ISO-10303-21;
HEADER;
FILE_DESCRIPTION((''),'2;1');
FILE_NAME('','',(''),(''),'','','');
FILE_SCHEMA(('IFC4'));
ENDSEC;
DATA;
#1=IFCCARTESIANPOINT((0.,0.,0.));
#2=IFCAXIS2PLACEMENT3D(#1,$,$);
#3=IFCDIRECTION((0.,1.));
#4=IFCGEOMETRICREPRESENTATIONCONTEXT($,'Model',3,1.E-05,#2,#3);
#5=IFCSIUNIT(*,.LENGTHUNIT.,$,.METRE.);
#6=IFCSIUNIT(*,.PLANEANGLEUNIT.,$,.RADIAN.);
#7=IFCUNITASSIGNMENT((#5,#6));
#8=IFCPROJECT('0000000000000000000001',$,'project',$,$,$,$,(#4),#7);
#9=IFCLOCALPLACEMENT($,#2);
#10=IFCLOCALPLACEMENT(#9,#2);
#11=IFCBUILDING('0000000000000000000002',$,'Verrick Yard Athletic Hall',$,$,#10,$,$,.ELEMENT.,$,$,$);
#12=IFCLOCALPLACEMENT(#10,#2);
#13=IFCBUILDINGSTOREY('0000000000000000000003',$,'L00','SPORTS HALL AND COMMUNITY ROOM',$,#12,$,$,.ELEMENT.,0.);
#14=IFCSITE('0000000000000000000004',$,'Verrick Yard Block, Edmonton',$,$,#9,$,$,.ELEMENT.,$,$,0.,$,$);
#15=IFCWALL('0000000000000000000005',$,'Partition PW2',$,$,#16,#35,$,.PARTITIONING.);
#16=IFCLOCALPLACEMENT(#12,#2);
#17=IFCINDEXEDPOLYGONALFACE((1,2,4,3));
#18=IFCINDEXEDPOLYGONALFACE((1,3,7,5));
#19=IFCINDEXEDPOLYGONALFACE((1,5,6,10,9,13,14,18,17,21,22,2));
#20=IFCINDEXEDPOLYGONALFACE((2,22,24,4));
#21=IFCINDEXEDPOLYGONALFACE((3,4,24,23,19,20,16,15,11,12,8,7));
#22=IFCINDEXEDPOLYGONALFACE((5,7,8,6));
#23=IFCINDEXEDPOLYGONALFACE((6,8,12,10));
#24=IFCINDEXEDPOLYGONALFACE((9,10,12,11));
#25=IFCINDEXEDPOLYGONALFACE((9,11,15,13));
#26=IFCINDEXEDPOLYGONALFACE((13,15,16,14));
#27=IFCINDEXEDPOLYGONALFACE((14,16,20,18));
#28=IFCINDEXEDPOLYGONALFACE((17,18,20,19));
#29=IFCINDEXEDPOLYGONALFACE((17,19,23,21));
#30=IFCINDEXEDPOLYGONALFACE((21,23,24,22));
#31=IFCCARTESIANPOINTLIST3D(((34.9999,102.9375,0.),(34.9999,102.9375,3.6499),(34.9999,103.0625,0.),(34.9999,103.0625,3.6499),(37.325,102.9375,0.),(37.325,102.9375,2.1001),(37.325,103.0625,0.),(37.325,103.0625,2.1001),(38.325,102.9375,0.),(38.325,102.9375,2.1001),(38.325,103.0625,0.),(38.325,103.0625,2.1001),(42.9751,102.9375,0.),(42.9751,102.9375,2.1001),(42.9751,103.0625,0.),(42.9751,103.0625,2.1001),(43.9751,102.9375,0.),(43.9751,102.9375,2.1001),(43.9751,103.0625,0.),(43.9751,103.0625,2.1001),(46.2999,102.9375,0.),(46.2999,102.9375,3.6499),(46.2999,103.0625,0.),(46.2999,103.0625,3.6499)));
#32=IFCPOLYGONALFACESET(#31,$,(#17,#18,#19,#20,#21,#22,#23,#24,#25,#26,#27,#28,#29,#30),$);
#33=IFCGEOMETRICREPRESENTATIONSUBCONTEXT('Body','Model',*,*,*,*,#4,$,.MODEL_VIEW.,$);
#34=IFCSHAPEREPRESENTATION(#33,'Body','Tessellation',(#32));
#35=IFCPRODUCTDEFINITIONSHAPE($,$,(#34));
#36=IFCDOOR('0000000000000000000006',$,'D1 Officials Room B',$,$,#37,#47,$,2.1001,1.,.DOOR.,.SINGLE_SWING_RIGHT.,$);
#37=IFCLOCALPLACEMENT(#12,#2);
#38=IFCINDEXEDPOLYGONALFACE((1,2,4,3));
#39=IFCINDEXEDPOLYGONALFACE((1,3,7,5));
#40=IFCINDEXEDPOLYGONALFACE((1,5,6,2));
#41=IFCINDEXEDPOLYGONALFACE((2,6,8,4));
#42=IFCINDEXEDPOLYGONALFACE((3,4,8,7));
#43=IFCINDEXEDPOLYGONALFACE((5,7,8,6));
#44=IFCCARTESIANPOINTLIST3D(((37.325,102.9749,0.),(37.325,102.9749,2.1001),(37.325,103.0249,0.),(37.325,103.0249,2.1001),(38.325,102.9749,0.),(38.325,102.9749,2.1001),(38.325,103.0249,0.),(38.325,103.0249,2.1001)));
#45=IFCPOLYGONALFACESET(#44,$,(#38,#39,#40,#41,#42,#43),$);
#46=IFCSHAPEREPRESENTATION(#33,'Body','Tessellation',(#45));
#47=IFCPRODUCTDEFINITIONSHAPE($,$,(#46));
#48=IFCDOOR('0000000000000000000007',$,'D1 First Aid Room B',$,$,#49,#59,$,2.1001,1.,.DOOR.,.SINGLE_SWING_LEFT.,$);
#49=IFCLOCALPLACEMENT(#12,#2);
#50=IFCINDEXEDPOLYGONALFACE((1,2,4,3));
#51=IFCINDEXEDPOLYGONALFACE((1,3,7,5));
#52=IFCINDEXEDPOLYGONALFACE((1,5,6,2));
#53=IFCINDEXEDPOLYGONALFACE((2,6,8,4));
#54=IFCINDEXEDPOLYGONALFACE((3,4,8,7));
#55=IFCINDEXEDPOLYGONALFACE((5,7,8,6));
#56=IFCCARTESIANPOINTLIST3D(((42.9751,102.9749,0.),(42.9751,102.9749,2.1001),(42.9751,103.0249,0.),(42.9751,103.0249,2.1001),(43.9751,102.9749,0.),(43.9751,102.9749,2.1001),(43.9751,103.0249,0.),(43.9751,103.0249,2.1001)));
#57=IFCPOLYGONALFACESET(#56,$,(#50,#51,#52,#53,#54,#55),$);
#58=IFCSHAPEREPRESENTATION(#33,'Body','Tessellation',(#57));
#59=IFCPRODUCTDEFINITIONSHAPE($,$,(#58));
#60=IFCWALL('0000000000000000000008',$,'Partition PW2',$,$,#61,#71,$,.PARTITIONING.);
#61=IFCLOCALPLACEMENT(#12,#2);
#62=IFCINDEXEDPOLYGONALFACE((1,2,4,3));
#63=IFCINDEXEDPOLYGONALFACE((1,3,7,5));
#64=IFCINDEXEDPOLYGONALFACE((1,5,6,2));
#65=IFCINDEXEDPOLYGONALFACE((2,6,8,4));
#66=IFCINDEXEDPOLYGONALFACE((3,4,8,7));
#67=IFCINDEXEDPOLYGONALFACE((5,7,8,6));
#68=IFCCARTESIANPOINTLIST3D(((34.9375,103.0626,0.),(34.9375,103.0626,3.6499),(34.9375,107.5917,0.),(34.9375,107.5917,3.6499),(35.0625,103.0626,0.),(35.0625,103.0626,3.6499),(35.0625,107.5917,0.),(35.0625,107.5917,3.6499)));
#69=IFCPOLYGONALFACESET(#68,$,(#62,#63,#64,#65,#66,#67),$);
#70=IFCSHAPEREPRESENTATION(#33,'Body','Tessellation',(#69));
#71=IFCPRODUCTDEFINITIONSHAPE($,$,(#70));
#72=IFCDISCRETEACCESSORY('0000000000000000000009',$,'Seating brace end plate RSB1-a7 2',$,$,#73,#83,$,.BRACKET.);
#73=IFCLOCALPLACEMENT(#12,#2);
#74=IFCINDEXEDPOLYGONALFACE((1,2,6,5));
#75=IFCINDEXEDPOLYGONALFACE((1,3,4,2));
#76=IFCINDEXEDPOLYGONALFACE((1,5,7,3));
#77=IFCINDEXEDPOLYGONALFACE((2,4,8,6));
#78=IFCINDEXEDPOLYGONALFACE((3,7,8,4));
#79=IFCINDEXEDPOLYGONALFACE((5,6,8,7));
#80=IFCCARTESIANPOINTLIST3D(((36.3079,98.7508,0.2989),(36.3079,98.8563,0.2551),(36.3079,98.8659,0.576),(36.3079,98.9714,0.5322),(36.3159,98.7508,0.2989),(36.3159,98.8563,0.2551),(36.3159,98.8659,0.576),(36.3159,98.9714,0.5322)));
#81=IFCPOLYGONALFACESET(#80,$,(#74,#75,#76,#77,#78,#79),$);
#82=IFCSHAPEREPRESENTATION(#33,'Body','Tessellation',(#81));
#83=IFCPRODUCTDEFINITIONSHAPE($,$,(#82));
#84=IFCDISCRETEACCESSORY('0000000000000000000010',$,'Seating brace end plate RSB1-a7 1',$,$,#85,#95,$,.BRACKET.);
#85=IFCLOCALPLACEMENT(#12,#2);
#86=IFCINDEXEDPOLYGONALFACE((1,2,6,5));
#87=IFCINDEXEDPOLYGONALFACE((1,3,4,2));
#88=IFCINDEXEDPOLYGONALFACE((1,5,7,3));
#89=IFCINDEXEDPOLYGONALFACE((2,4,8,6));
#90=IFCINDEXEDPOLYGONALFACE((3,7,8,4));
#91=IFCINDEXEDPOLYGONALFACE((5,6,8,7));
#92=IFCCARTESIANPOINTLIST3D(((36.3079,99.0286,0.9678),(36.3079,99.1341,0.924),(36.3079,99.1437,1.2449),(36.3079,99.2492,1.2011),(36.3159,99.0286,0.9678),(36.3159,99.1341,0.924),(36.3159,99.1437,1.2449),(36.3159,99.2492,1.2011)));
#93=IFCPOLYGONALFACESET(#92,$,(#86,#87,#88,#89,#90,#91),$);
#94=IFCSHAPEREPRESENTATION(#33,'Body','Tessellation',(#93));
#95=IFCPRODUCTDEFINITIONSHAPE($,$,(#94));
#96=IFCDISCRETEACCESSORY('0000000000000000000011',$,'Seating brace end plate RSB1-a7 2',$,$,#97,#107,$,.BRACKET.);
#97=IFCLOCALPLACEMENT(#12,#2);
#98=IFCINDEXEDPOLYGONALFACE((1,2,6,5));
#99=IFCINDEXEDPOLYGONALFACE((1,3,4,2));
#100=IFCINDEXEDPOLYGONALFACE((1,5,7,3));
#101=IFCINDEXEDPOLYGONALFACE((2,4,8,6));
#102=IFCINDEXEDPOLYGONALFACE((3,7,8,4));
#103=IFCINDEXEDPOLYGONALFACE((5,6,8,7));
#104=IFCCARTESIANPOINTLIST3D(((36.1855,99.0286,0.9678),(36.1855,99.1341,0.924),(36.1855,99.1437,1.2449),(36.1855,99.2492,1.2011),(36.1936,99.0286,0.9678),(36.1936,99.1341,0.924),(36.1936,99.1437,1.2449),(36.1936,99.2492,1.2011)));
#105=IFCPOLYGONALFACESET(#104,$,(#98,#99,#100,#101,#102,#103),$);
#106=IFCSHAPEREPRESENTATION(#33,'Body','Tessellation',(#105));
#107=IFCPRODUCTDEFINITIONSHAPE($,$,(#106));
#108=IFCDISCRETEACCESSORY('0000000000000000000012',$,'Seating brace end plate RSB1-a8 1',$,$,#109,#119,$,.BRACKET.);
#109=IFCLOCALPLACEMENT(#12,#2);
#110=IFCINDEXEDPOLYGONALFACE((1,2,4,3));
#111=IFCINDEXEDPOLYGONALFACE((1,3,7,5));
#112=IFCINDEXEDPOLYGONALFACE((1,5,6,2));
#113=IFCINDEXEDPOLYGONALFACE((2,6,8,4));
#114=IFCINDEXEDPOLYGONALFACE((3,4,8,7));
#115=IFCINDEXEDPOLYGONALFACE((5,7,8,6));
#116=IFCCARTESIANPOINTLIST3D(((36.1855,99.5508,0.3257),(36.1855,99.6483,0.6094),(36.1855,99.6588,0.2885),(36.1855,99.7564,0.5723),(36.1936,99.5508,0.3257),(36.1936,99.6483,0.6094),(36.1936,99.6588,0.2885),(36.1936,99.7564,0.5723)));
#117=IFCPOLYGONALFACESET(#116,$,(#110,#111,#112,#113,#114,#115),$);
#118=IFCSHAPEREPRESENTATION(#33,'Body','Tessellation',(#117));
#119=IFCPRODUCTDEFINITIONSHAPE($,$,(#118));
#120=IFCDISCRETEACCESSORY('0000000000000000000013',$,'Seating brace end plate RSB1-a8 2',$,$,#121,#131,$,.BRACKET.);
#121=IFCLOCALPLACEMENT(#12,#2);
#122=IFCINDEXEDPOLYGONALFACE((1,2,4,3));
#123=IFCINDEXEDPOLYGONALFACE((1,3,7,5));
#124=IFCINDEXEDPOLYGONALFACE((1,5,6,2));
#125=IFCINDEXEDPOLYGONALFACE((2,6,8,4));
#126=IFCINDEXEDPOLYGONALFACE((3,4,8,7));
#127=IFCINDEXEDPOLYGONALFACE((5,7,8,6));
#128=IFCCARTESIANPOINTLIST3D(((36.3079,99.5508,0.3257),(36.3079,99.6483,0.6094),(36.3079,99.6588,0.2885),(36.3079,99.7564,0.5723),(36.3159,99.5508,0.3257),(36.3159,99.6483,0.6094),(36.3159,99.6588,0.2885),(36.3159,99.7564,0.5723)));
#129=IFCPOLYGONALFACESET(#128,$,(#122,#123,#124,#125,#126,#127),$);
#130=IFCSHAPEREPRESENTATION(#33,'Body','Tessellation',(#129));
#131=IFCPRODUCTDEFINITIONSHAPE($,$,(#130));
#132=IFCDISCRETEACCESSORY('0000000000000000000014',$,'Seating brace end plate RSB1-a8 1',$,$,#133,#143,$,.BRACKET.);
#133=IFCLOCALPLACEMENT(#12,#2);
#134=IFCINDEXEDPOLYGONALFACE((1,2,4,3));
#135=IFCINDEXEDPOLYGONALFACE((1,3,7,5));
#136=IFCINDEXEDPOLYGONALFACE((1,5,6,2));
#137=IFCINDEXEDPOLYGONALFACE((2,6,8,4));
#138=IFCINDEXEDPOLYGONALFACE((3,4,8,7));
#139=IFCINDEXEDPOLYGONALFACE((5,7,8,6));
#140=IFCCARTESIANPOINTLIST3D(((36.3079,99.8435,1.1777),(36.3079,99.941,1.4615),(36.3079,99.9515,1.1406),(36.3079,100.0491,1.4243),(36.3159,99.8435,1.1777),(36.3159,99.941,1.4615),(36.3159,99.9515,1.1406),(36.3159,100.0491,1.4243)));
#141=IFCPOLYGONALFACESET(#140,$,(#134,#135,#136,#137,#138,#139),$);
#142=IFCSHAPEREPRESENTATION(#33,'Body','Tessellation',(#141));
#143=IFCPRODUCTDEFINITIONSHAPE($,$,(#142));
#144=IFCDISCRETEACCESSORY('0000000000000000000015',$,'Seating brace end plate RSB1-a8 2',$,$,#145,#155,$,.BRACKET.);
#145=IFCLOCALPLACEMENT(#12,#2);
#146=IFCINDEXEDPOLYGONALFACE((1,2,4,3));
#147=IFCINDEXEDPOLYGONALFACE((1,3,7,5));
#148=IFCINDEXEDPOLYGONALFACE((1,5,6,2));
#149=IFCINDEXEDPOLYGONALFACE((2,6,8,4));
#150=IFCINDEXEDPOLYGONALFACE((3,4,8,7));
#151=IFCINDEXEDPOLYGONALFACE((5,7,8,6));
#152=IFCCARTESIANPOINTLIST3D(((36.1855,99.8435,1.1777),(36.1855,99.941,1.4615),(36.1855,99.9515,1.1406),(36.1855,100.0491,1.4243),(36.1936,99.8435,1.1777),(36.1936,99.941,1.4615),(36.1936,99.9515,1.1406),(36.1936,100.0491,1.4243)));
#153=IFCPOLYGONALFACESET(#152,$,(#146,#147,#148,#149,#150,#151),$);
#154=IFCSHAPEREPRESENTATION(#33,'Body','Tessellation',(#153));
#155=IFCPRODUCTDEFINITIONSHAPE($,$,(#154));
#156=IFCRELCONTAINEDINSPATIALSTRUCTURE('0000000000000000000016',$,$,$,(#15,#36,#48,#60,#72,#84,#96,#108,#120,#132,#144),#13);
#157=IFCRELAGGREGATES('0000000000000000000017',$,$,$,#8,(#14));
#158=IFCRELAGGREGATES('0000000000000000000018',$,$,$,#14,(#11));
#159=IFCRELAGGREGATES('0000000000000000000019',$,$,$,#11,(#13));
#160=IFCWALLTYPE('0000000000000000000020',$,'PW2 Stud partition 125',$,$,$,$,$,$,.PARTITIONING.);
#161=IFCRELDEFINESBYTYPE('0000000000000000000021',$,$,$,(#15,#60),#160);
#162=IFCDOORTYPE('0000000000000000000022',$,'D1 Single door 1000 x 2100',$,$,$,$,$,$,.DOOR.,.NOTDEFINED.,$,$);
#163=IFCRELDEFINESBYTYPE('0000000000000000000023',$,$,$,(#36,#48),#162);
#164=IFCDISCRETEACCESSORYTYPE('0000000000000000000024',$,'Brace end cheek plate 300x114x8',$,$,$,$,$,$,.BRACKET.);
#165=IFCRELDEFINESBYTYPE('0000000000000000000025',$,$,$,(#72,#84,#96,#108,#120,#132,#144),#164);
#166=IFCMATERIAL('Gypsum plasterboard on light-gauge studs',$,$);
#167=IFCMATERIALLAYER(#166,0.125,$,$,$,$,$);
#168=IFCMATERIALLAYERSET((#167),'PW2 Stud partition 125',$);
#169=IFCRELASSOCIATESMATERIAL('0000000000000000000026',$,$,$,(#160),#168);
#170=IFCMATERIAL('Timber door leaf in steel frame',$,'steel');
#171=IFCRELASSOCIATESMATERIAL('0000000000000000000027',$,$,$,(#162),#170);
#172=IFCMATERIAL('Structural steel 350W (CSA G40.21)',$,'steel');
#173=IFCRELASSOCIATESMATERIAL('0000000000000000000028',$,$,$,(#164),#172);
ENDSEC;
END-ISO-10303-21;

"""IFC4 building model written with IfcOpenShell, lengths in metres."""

from ifc_helpers import new_model, si_unit, direction, frame, frame_2d, origin, origin_2d, place, context, subcontext, project, spatial, rectangle, extrude, material, layer, layer_set, material_profile, profile_set, type_object, element, fill, save


model = new_model("IFC4")

# Units and contexts
model_context = context("Model", 3, precision=1e-05, world=origin(), true_north=direction((0.0, 1.0)))
body_context = subcontext(model_context, "Body", "Model", "MODEL_VIEW")
ifc_project = project(units=[si_unit("LENGTHUNIT", "METRE"), si_unit("PLANEANGLEUNIT", "RADIAN")], contexts=[model_context])

# Site, building, storey
site_placement = place(None, origin())
site = spatial("IfcSite", under=ifc_project, at=site_placement, Name="Verrick Yard Block, Edmonton", CompositionType="ELEMENT", RefElevation=0.0)
building_placement = place(site_placement, origin())
building = spatial("IfcBuilding", under=site, at=building_placement, Name="Verrick Yard Athletic Hall", CompositionType="ELEMENT")
storey_placement = place(building_placement, origin())
storey = spatial("IfcBuildingStorey", under=building, at=storey_placement, Name="L00", Description="SPORTS HALL AND COMMUNITY ROOM", CompositionType="ELEMENT", Elevation=0.0)

# Shared definitions
ifc_material_1 = material(Name="Structural steel 350W (CSA G40.21)", Category="steel")

# Wall, openings, doors
ifc_material_2 = material(Name="Gypsum plasterboard on light-gauge studs")
ifc_layer = layer(ifc_material_2, 0.125)
ifc_layer_set = layer_set([ifc_layer], Name="PW2 Stud partition 125")
wall_type = type_object("IfcWallType", Name="PW2 Stud partition 125", PredefinedType="PARTITIONING", material=ifc_layer_set)
wall_1_placement = place(storey_placement, frame((35.0, 103.0, 0.0), z_axis=(0.0, 0.0, 1.0), x_axis=(1.0, 0.0, 0.0)))
wall_1 = element("IfcWall", 1, at=wall_1_placement, inside=storey, type_object=wall_type, Name="Partition PW2", PredefinedType="PARTITIONING", context=body_context, shape_type="SweptSolid", body=[
    extrude(rectangle(XDim=11.3, YDim=0.125, at=frame_2d((5.6499, 0.0))), origin(), (0.0, 0.0, 1.0), 3.6499),
])
opening_1_placement = place(wall_1_placement, frame((2.325, 0.0, 0.0)))
opening_1 = element("IfcOpeningElement", 2, at=opening_1_placement, cuts=wall_1, PredefinedType="OPENING", context=body_context, shape_type="SweptSolid", body=[
    extrude(rectangle(XDim=1.0, YDim=2.1001, at=frame_2d((0.5, 1.05))), frame((0.0, 0.0725, 0.0), z_axis=(0.0, -1.0, 0.0), x_axis=(1.0, 0.0, 0.0)), (0.0, 0.0, 1.0), 0.145),
])
opening_2_placement = place(wall_1_placement, frame((7.9751, 0.0, 0.0)))
opening_2 = element("IfcOpeningElement", 3, at=opening_2_placement, cuts=wall_1, PredefinedType="OPENING", context=body_context, shape_type="SweptSolid", body=[
    extrude(rectangle(XDim=1.0, YDim=2.1001, at=frame_2d((0.5, 1.05))), frame((0.0, 0.0725, 0.0), z_axis=(0.0, -1.0, 0.0), x_axis=(1.0, 0.0, 0.0)), (0.0, 0.0, 1.0), 0.145),
])
ifc_material_3 = material(Name="Timber door leaf in steel frame", Category="steel")
door_type = type_object("IfcDoorType", Name="D1 Single door 1000 x 2100", OperationType="NOTDEFINED", PredefinedType="DOOR", material=ifc_material_3)
door_1_placement = place(opening_1_placement, origin())
door_1 = element("IfcDoor", 4, at=door_1_placement, inside=storey, type_object=door_type, Name="D1 Officials Room B", OperationType="SINGLE_SWING_RIGHT", OverallHeight=2.1001, OverallWidth=1.0, PredefinedType="DOOR", context=body_context, shape_type="SweptSolid", body=[
    extrude(rectangle(XDim=1.0, YDim=2.1001, at=frame_2d((0.5, 1.05))), frame((0.0, 0.0249, 0.0), z_axis=(0.0, -1.0, 0.0), x_axis=(1.0, 0.0, 0.0)), (0.0, 0.0, 1.0), 0.05),
])
fill(opening_1, door_1)
door_2_placement = place(opening_2_placement, origin())
door_2 = element("IfcDoor", 5, at=door_2_placement, inside=storey, type_object=door_type, Name="D1 First Aid Room B", OperationType="SINGLE_SWING_LEFT", OverallHeight=2.1001, OverallWidth=1.0, PredefinedType="DOOR", context=body_context, shape_type="SweptSolid", body=[
    extrude(rectangle(XDim=1.0, YDim=2.1001, at=frame_2d((0.5, 1.05))), frame((0.0, 0.0249, 0.0), z_axis=(0.0, -1.0, 0.0), x_axis=(1.0, 0.0, 0.0)), (0.0, 0.0, 1.0), 0.05),
])
fill(opening_2, door_2)

# Wall
wall_2_placement = place(storey_placement, frame((35.0, 103.0625, 0.0), z_axis=(0.0, 0.0, 1.0), x_axis=(0.0, 1.0, 0.0)))
element("IfcWall", 6, at=wall_2_placement, inside=storey, type_object=wall_type, Name="Partition PW2", PredefinedType="PARTITIONING", context=body_context, shape_type="SweptSolid", body=[
    extrude(rectangle(XDim=4.5291, YDim=0.125, at=frame_2d((2.2646, 0.0))), origin(), (0.0, 0.0, 1.0), 3.6499),
])

# Discrete accessories
ifc_material_profile_1 = material_profile(ifc_material_1, rectangle(XDim=0.3, YDim=0.1143, at=origin_2d()), Name="Brace end cheek plate")
ifc_profile_set_1 = profile_set([ifc_material_profile_1], Name="Structural steel 350W (CSA G40.21)")
discrete_accessory_type = type_object("IfcDiscreteAccessoryType", Name="Brace end cheek plate 300x114x8", PredefinedType="BRACKET", material=ifc_profile_set_1)
for number, where, z_axis, x_axis, name in (
    (7, (36.3079, 98.8611, 0.4155), (1.0, 0.0, 0.0), (0.0, 0.383566, 0.923513), "Seating brace end plate RSB1-a7 2"),
    (8, (36.3079, 99.1389, 1.0845), (1.0, 0.0, 0.0), (0.0, -0.383566, -0.923513), "Seating brace end plate RSB1-a7 1"),
    (9, (36.1936, 99.1389, 1.0845), (-1.0, 0.0, 0.0), (0.0, -0.383566, -0.923513), "Seating brace end plate RSB1-a7 2"),
    (10, (36.1936, 99.6536, 0.449), (-1.0, 0.0, 0.0), (0.0, 0.325058, 0.945694), "Seating brace end plate RSB1-a8 1"),
    (11, (36.3079, 99.6536, 0.449), (1.0, 0.0, 0.0), (0.0, 0.325058, 0.945694), "Seating brace end plate RSB1-a8 2"),
    (12, (36.3079, 99.9463, 1.301), (1.0, 0.0, 0.0), (0.0, -0.325058, -0.945694), "Seating brace end plate RSB1-a8 1"),
    (13, (36.1936, 99.9463, 1.301), (-1.0, 0.0, 0.0), (0.0, -0.325058, -0.945694), "Seating brace end plate RSB1-a8 2"),
):
    element("IfcDiscreteAccessory", number, at=place(storey_placement, frame(where, z_axis=z_axis, x_axis=x_axis)), inside=storey, type_object=discrete_accessory_type, Name=name, PredefinedType="BRACKET", context=body_context, shape_type="SweptSolid", body=[
        extrude(rectangle(XDim=0.3, YDim=0.1143, at=origin_2d()), origin(), (0.0, 0.0, 1.0), 0.0081),
    ])

save(model, "model.ifc")
